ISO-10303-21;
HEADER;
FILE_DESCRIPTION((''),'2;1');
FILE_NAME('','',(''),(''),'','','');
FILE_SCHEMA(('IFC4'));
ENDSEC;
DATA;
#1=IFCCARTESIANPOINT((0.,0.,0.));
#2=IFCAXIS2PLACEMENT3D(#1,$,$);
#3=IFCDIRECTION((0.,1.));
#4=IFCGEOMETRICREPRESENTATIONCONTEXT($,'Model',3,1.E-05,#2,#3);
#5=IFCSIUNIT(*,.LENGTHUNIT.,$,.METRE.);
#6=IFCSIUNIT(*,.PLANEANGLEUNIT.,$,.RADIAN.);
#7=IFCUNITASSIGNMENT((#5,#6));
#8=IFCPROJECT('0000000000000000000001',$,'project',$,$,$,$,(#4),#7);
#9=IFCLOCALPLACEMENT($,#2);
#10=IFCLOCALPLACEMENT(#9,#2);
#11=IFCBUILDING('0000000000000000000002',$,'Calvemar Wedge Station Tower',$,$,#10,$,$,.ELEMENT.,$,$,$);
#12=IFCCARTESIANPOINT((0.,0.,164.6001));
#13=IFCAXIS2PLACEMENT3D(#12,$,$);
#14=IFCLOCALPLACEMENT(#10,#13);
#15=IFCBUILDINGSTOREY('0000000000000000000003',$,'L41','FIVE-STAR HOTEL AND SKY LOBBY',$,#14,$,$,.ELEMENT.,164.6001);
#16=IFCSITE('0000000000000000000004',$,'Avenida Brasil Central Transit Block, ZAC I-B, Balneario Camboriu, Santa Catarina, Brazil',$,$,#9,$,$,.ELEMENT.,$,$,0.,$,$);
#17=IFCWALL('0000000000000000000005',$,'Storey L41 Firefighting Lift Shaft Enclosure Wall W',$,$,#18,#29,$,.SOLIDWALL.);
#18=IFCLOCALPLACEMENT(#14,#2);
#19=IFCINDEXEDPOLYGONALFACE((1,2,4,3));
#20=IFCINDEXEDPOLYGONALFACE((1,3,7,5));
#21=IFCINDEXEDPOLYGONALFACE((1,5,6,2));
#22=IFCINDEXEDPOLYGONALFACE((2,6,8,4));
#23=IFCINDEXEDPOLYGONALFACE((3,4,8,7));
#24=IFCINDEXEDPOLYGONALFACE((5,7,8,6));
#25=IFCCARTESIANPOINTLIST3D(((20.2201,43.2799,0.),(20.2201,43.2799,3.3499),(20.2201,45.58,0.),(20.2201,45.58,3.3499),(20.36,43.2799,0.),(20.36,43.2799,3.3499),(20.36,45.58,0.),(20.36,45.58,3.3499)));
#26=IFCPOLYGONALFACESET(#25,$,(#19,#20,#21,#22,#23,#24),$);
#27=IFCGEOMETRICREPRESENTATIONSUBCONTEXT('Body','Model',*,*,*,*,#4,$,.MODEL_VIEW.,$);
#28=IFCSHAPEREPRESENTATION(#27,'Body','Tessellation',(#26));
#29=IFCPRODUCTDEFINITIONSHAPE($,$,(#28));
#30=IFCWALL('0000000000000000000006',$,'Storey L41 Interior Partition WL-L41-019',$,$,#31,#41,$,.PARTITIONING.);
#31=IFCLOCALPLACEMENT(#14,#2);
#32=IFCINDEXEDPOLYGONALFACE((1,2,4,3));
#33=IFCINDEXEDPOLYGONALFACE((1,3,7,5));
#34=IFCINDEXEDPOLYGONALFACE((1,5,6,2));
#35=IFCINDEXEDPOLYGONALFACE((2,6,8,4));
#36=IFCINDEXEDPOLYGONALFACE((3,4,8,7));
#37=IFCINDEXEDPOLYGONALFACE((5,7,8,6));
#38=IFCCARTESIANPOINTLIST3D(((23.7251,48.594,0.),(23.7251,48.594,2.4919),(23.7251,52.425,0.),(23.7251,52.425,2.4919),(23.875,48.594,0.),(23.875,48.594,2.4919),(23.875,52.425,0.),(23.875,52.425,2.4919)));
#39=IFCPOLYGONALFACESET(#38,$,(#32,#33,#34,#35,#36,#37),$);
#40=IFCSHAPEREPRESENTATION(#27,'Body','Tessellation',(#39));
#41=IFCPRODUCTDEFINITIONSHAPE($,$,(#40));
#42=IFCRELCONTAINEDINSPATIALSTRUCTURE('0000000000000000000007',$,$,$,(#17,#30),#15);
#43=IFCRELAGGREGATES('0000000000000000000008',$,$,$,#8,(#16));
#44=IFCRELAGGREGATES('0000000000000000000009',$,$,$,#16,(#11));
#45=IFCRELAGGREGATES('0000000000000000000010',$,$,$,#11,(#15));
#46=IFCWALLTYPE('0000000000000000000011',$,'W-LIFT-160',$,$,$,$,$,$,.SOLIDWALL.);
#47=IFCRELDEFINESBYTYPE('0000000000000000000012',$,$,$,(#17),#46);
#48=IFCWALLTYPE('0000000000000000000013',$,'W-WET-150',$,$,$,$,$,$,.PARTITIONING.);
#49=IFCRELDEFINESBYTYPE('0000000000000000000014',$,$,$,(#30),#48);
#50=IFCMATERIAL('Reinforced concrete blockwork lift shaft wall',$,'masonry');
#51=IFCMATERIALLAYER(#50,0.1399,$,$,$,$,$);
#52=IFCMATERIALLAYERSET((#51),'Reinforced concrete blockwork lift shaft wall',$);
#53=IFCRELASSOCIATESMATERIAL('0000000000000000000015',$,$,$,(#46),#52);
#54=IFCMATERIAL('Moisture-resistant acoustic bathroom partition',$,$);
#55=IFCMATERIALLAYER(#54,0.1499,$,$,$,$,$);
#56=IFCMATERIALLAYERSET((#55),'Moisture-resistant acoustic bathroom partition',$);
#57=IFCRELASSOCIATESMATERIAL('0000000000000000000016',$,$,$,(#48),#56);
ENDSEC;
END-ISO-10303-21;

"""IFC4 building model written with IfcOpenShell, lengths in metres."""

from ifc_helpers import new_model, si_unit, direction, frame, frame_2d, origin, place, context, subcontext, project, spatial, rectangle, extrude, material, layer, layer_set, type_object, element, save


model = new_model("IFC4")

# Units and contexts
model_context = context("Model", 3, precision=1e-05, world=origin(), true_north=direction((0.0, 1.0)))
body_context = subcontext(model_context, "Body", "Model", "MODEL_VIEW")
ifc_project = project(units=[si_unit("LENGTHUNIT", "METRE"), si_unit("PLANEANGLEUNIT", "RADIAN")], contexts=[model_context])

# Site, building, storey
site_placement = place(None, origin())
site = spatial("IfcSite", under=ifc_project, at=site_placement, Name="Avenida Brasil Central Transit Block, ZAC I-B, Balneario Camboriu, Santa Catarina, Brazil", CompositionType="ELEMENT", RefElevation=0.0)
building_placement = place(site_placement, origin())
building = spatial("IfcBuilding", under=site, at=building_placement, Name="Calvemar Wedge Station Tower", CompositionType="ELEMENT")
storey_placement = place(building_placement, frame((0.0, 0.0, 164.6001)))
storey = spatial("IfcBuildingStorey", under=building, at=storey_placement, Name="L41", Description="FIVE-STAR HOTEL AND SKY LOBBY", CompositionType="ELEMENT", Elevation=164.6001)

# Walls
ifc_material_1 = material(Name="Reinforced concrete blockwork lift shaft wall", Category="masonry")
ifc_layer_1 = layer(ifc_material_1, 0.1399)
ifc_layer_set_1 = layer_set([ifc_layer_1], Name="Reinforced concrete blockwork lift shaft wall")
wall_type_1 = type_object("IfcWallType", Name="W-LIFT-160", PredefinedType="SOLIDWALL", material=ifc_layer_set_1)
wall_1_placement = place(storey_placement, frame((20.29, 43.28, 0.0), z_axis=(0.0, 0.0, 1.0), x_axis=(0.0, 1.0, 0.0)))
element("IfcWall", 1, at=wall_1_placement, inside=storey, type_object=wall_type_1, Name="Storey L41 Firefighting Lift Shaft Enclosure Wall W", PredefinedType="SOLIDWALL", context=body_context, shape_type="SweptSolid", body=[
    extrude(rectangle(XDim=2.3, YDim=0.1399, at=frame_2d((1.1499, 0.0))), origin(), (0.0, 0.0, 1.0), 3.3499),
])
ifc_material_2 = material(Name="Moisture-resistant acoustic bathroom partition")
ifc_layer_2 = layer(ifc_material_2, 0.1499)
ifc_layer_set_2 = layer_set([ifc_layer_2], Name="Moisture-resistant acoustic bathroom partition")
wall_type_2 = type_object("IfcWallType", Name="W-WET-150", PredefinedType="PARTITIONING", material=ifc_layer_set_2)
wall_2_placement = place(storey_placement, frame((23.8, 52.425, 0.0), z_axis=(0.0, 0.0, 1.0), x_axis=(0.0, -1.0, 0.0)))
element("IfcWall", 2, at=wall_2_placement, inside=storey, type_object=wall_type_2, Name="Storey L41 Interior Partition WL-L41-019", PredefinedType="PARTITIONING", context=body_context, shape_type="SweptSolid", body=[
    extrude(rectangle(XDim=3.8311, YDim=0.1499, at=frame_2d((1.9155, 0.0))), origin(), (0.0, 0.0, 1.0), 2.4919),
])

save(model, "model.ifc")
